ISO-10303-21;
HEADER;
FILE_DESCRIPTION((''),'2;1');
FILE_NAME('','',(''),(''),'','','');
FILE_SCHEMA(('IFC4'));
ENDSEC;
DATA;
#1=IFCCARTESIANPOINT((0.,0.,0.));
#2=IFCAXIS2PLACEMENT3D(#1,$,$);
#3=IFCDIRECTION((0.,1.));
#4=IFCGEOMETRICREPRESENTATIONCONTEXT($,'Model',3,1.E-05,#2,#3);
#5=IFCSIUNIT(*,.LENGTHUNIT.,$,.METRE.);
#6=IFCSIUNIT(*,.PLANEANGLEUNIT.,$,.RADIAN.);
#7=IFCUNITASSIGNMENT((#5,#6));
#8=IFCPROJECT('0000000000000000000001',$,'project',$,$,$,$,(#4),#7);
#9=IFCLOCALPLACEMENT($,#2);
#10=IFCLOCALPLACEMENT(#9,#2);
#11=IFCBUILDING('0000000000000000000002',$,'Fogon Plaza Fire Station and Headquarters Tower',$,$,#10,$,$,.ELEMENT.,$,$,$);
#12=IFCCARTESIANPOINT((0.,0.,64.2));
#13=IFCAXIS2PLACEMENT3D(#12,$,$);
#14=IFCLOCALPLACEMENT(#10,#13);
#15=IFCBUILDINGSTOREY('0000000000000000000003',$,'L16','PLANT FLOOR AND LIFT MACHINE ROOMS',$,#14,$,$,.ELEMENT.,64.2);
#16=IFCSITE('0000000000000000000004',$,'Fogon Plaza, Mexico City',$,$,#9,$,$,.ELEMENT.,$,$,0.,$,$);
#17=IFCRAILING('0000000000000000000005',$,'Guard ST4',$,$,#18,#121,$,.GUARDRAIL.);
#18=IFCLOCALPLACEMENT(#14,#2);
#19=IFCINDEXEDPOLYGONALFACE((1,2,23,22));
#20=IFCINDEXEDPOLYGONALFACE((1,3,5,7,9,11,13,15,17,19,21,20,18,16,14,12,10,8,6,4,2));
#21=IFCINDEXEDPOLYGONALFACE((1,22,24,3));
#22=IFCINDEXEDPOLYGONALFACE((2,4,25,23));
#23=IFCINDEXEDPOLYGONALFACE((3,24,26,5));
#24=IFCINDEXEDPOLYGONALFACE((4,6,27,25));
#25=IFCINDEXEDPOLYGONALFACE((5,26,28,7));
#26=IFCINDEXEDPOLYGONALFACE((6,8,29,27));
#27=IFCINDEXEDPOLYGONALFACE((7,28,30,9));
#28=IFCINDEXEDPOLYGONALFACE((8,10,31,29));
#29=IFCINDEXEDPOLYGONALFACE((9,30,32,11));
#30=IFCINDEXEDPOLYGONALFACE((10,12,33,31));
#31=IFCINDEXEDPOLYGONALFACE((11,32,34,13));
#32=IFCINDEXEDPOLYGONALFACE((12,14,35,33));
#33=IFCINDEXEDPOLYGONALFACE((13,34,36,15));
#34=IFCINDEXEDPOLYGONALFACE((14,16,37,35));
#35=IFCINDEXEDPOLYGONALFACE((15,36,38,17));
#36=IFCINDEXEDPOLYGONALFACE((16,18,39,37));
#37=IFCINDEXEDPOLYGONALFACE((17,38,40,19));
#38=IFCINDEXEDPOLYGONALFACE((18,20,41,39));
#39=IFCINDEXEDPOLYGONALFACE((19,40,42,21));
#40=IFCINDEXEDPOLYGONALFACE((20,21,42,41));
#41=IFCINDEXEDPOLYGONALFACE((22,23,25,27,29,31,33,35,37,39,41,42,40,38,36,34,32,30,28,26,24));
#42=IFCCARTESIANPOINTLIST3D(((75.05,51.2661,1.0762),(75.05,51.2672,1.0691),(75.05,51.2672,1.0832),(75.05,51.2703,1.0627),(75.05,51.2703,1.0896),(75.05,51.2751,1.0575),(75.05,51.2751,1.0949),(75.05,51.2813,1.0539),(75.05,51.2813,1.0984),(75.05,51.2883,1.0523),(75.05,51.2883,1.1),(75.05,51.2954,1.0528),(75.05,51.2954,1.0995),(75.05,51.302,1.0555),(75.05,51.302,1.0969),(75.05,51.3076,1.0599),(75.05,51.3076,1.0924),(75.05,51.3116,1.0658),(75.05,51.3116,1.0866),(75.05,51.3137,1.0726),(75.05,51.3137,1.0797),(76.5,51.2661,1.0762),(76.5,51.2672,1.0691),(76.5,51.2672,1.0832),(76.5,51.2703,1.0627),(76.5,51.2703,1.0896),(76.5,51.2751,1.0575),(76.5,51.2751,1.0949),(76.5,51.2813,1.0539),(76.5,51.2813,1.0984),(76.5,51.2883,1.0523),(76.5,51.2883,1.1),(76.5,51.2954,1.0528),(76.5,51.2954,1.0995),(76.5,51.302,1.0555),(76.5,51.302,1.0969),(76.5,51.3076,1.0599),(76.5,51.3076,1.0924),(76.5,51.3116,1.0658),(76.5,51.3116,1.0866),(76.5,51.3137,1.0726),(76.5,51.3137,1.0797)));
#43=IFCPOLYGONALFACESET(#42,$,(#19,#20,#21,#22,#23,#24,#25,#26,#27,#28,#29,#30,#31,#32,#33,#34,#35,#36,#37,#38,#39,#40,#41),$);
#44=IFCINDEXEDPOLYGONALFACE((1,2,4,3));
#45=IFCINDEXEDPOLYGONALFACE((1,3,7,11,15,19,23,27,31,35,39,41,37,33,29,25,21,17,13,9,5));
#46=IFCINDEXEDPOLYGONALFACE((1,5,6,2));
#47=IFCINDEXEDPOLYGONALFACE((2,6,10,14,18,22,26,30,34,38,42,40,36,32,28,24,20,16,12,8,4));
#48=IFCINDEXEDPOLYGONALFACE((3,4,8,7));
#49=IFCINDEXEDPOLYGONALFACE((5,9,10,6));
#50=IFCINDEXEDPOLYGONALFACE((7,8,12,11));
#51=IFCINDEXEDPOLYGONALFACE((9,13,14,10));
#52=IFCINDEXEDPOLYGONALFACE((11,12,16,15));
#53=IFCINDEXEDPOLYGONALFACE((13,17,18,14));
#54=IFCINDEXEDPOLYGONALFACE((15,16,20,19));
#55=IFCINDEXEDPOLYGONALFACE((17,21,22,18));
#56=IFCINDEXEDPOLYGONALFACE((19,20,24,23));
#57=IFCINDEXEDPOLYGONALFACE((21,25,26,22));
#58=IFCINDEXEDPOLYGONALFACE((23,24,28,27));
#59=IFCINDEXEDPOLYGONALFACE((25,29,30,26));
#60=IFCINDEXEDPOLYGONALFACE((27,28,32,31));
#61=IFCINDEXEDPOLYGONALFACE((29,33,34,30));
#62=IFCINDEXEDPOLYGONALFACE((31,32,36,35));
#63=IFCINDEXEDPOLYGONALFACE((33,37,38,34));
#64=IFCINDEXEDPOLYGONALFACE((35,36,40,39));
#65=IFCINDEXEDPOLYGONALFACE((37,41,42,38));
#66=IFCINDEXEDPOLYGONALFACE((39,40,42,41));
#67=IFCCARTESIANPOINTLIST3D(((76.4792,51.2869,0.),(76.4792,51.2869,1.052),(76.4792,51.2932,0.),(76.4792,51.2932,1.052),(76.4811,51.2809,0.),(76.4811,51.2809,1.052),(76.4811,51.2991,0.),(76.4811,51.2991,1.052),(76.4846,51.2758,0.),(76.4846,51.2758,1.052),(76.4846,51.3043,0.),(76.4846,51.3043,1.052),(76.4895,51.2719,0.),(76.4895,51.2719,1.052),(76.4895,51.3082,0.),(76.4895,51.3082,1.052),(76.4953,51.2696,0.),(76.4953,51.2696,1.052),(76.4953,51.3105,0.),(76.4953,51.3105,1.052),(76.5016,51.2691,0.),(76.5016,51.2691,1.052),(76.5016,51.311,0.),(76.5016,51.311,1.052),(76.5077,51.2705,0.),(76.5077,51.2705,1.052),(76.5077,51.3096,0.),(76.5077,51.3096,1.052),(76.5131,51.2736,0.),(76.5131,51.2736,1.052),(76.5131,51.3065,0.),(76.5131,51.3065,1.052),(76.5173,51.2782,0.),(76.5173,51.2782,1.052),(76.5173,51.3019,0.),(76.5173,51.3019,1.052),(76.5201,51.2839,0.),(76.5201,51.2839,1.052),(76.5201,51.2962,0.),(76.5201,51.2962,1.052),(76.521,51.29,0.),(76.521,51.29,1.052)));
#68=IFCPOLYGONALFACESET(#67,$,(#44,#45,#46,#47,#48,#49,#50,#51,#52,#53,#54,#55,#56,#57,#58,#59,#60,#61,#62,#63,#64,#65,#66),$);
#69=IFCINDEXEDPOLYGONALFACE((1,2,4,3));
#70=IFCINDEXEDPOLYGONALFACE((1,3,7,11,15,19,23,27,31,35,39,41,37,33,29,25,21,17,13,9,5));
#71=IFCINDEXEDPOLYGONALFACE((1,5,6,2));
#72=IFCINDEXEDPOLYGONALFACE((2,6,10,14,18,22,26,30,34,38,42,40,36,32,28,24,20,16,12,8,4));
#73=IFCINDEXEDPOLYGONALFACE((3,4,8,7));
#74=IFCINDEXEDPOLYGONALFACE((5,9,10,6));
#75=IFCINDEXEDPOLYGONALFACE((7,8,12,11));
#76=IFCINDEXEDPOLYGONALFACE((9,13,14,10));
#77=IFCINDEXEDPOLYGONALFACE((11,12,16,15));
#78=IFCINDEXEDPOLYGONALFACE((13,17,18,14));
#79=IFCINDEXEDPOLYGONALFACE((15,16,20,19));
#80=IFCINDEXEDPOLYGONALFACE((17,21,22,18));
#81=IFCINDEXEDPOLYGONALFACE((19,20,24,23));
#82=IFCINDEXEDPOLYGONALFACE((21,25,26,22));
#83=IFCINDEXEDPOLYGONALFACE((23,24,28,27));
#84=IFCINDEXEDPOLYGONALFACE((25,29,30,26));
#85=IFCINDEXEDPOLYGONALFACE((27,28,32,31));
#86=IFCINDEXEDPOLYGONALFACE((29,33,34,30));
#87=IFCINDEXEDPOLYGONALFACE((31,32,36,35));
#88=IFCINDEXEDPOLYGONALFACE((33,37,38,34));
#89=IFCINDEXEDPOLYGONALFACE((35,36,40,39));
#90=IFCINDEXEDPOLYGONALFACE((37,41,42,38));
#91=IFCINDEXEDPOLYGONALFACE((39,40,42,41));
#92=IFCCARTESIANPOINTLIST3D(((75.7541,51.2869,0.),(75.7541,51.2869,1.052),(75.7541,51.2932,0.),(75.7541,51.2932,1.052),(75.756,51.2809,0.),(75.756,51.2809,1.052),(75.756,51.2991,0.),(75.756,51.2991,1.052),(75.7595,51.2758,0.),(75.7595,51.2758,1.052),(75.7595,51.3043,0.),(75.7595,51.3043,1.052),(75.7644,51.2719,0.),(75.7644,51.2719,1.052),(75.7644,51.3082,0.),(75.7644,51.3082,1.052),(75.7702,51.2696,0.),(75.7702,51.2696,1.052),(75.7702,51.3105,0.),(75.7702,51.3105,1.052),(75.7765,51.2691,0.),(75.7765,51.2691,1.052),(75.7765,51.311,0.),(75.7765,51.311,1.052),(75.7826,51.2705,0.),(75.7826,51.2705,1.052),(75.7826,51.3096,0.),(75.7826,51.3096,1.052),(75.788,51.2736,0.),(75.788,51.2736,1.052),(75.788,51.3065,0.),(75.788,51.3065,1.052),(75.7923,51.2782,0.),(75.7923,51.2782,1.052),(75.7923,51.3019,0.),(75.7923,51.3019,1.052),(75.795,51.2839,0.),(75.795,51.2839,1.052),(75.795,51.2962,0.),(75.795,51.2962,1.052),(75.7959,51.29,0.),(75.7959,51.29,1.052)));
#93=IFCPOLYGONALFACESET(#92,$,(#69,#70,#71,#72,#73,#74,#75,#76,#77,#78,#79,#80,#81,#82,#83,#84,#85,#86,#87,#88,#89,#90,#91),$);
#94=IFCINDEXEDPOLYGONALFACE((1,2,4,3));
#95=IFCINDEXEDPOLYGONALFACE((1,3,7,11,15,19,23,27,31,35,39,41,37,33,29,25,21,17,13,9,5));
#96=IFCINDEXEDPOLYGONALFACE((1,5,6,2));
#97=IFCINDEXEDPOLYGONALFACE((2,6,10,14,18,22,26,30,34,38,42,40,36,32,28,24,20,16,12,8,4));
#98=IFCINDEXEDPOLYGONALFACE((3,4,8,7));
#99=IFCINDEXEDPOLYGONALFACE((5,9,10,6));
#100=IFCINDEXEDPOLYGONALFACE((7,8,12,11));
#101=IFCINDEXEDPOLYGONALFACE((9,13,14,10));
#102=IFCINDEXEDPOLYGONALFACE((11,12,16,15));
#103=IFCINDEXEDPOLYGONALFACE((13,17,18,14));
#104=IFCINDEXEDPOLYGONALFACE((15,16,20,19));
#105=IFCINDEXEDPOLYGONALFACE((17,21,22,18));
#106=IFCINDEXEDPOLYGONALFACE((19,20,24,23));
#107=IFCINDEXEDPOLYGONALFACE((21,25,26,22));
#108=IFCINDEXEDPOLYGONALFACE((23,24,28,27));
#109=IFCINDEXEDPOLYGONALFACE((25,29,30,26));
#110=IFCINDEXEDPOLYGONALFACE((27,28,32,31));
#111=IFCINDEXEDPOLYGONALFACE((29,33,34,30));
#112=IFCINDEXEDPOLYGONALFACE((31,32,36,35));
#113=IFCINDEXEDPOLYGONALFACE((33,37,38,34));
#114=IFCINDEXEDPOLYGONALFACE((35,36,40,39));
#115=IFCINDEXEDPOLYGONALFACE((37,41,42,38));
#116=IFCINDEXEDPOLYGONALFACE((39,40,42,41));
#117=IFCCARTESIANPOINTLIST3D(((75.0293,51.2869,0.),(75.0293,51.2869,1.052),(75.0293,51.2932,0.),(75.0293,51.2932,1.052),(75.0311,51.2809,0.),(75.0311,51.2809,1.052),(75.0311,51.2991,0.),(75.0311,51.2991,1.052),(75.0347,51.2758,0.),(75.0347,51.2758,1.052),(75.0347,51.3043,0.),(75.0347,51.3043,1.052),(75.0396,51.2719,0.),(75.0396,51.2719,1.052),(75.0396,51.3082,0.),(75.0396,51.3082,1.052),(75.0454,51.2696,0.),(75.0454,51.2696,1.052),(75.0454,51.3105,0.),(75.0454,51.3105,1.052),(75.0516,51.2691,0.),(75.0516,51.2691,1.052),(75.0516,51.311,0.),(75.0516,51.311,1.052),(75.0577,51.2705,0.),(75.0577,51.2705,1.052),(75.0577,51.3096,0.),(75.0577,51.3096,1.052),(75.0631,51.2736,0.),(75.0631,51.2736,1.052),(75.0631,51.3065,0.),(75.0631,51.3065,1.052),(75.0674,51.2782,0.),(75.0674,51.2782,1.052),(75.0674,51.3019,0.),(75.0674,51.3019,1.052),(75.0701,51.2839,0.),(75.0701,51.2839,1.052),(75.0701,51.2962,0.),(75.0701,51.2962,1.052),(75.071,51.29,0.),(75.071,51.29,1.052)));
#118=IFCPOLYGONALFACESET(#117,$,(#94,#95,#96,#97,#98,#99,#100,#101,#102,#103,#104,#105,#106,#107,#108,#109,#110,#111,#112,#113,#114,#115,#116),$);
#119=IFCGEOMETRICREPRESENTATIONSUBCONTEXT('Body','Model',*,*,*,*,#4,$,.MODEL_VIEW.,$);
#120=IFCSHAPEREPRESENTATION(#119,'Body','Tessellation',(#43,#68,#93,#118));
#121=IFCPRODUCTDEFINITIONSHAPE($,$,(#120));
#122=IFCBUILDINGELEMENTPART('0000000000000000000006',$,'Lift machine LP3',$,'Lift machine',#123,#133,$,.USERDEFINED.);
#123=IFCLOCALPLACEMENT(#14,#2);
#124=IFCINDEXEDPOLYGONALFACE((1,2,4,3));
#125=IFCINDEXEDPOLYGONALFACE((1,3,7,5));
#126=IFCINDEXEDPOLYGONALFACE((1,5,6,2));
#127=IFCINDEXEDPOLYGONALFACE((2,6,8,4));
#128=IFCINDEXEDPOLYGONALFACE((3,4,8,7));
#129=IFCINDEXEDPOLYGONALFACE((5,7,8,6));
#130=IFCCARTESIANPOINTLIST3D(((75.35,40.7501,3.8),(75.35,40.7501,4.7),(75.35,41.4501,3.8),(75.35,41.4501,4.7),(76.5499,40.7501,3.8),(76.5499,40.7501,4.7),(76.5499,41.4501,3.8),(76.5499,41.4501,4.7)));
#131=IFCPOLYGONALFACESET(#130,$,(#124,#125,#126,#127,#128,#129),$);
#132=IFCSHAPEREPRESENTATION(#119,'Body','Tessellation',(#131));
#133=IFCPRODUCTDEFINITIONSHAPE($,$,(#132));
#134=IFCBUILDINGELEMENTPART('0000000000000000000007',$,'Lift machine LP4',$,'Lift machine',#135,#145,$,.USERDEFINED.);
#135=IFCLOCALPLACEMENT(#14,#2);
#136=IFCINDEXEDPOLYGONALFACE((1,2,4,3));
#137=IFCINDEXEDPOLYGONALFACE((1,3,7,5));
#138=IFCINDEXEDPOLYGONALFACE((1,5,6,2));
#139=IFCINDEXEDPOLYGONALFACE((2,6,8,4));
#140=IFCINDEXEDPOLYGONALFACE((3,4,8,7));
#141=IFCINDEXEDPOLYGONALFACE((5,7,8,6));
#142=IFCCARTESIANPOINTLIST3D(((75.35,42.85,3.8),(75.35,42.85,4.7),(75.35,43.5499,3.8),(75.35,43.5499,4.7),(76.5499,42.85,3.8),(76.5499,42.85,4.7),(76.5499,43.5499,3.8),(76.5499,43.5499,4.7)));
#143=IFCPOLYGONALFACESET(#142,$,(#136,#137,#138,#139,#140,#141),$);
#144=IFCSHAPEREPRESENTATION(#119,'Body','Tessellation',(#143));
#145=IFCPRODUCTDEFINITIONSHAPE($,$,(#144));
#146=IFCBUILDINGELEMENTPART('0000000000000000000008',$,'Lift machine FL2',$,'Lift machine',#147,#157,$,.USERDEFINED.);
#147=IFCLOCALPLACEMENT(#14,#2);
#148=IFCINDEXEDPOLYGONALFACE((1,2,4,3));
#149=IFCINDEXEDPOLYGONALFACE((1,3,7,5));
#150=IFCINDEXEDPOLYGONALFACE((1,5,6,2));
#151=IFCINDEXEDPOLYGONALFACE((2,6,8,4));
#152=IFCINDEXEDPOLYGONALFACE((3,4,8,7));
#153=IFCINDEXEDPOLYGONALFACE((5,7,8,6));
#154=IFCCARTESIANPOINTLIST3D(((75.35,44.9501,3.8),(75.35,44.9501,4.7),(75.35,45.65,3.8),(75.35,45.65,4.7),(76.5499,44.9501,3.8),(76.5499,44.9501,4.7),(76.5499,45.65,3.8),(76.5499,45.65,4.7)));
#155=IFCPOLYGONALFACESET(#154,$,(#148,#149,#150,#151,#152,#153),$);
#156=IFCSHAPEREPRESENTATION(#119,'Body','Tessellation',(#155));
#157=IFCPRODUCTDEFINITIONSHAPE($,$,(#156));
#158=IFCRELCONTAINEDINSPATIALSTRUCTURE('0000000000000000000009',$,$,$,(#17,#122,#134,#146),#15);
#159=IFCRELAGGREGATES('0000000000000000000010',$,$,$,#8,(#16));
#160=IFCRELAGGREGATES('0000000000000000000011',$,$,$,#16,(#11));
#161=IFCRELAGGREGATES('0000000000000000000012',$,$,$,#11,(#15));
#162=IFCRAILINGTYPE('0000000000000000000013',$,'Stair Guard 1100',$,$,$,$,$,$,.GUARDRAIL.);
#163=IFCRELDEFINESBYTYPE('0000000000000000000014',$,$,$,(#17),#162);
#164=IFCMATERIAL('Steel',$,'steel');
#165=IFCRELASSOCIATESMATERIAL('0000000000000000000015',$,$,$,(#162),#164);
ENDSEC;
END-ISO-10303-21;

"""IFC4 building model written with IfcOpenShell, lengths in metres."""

from ifc_helpers import new_model, si_unit, direction, frame, origin, origin_2d, place, context, subcontext, project, spatial, rectangle, circle, extrude, material, type_object, element, save


model = new_model("IFC4")

# Units and contexts
model_context = context("Model", 3, precision=1e-05, world=origin(), true_north=direction((0.0, 1.0)))
body_context = subcontext(model_context, "Body", "Model", "MODEL_VIEW")
ifc_project = project(units=[si_unit("LENGTHUNIT", "METRE"), si_unit("PLANEANGLEUNIT", "RADIAN")], contexts=[model_context])

# Site, building, storey
site_placement = place(None, origin())
site = spatial("IfcSite", under=ifc_project, at=site_placement, Name="Fogon Plaza, Mexico City", CompositionType="ELEMENT", RefElevation=0.0)
building_placement = place(site_placement, origin())
building = spatial("IfcBuilding", under=site, at=building_placement, Name="Fogon Plaza Fire Station and Headquarters Tower", CompositionType="ELEMENT")
storey_placement = place(building_placement, frame((0.0, 0.0, 64.2)))
storey = spatial("IfcBuildingStorey", under=building, at=storey_placement, Name="L16", Description="PLANT FLOOR AND LIFT MACHINE ROOMS", CompositionType="ELEMENT", Elevation=64.2)

# Railing
ifc_material_1 = material(Name="Steel", Category="steel")
railing_type = type_object("IfcRailingType", Name="Stair Guard 1100", PredefinedType="GUARDRAIL", material=ifc_material_1)
railing_placement = place(storey_placement, frame((76.5, 51.29, 0.0)))
element("IfcRailing", 1, at=railing_placement, inside=storey, type_object=railing_type, Name="Guard ST4", PredefinedType="GUARDRAIL", context=body_context, shape_type="SweptSolid", body=[
    extrude(circle(Radius=0.0239, at=origin_2d()), frame((0.0, 0.0, 1.0762), z_axis=(-1.0, 0.0, 0.0), x_axis=(0.0, -1.0, 0.0)), (0.0, 0.0, 1.0), 1.45),
    extrude(circle(Radius=0.021, at=origin_2d()), origin(), (0.0, 0.0, 1.0), 1.052),
    extrude(circle(Radius=0.021, at=origin_2d()), frame((-0.7251, 0.0, 0.0)), (0.0, 0.0, 1.0), 1.052),
    extrude(circle(Radius=0.021, at=origin_2d()), frame((-1.45, 0.0, 0.0)), (0.0, 0.0, 1.0), 1.052),
])

# Building element parts
for number, where, z_axis, x_axis, name in (
    (2, (75.95, 41.1001, 3.8), (0.0, 0.0, 1.0), (1.0, 0.0, 0.0), "Lift machine LP3"),
    (3, (75.95, 43.2, 3.8), (0.0, 0.0, 1.0), (1.0, 0.0, 0.0), "Lift machine LP4"),
    (4, (75.95, 45.3, 3.8), (0.0, 0.0, 1.0), (1.0, 0.0, 0.0), "Lift machine FL2"),
):
    element("IfcBuildingElementPart", number, at=place(storey_placement, frame(where, z_axis=z_axis, x_axis=x_axis)), inside=storey, Name=name, ObjectType="Lift machine", PredefinedType="USERDEFINED", context=body_context, shape_type="SweptSolid", body=[
        extrude(rectangle(XDim=1.2, YDim=0.7, at=origin_2d()), origin(), (0.0, 0.0, 1.0), 0.8999),
    ])

save(model, "model.ifc")
